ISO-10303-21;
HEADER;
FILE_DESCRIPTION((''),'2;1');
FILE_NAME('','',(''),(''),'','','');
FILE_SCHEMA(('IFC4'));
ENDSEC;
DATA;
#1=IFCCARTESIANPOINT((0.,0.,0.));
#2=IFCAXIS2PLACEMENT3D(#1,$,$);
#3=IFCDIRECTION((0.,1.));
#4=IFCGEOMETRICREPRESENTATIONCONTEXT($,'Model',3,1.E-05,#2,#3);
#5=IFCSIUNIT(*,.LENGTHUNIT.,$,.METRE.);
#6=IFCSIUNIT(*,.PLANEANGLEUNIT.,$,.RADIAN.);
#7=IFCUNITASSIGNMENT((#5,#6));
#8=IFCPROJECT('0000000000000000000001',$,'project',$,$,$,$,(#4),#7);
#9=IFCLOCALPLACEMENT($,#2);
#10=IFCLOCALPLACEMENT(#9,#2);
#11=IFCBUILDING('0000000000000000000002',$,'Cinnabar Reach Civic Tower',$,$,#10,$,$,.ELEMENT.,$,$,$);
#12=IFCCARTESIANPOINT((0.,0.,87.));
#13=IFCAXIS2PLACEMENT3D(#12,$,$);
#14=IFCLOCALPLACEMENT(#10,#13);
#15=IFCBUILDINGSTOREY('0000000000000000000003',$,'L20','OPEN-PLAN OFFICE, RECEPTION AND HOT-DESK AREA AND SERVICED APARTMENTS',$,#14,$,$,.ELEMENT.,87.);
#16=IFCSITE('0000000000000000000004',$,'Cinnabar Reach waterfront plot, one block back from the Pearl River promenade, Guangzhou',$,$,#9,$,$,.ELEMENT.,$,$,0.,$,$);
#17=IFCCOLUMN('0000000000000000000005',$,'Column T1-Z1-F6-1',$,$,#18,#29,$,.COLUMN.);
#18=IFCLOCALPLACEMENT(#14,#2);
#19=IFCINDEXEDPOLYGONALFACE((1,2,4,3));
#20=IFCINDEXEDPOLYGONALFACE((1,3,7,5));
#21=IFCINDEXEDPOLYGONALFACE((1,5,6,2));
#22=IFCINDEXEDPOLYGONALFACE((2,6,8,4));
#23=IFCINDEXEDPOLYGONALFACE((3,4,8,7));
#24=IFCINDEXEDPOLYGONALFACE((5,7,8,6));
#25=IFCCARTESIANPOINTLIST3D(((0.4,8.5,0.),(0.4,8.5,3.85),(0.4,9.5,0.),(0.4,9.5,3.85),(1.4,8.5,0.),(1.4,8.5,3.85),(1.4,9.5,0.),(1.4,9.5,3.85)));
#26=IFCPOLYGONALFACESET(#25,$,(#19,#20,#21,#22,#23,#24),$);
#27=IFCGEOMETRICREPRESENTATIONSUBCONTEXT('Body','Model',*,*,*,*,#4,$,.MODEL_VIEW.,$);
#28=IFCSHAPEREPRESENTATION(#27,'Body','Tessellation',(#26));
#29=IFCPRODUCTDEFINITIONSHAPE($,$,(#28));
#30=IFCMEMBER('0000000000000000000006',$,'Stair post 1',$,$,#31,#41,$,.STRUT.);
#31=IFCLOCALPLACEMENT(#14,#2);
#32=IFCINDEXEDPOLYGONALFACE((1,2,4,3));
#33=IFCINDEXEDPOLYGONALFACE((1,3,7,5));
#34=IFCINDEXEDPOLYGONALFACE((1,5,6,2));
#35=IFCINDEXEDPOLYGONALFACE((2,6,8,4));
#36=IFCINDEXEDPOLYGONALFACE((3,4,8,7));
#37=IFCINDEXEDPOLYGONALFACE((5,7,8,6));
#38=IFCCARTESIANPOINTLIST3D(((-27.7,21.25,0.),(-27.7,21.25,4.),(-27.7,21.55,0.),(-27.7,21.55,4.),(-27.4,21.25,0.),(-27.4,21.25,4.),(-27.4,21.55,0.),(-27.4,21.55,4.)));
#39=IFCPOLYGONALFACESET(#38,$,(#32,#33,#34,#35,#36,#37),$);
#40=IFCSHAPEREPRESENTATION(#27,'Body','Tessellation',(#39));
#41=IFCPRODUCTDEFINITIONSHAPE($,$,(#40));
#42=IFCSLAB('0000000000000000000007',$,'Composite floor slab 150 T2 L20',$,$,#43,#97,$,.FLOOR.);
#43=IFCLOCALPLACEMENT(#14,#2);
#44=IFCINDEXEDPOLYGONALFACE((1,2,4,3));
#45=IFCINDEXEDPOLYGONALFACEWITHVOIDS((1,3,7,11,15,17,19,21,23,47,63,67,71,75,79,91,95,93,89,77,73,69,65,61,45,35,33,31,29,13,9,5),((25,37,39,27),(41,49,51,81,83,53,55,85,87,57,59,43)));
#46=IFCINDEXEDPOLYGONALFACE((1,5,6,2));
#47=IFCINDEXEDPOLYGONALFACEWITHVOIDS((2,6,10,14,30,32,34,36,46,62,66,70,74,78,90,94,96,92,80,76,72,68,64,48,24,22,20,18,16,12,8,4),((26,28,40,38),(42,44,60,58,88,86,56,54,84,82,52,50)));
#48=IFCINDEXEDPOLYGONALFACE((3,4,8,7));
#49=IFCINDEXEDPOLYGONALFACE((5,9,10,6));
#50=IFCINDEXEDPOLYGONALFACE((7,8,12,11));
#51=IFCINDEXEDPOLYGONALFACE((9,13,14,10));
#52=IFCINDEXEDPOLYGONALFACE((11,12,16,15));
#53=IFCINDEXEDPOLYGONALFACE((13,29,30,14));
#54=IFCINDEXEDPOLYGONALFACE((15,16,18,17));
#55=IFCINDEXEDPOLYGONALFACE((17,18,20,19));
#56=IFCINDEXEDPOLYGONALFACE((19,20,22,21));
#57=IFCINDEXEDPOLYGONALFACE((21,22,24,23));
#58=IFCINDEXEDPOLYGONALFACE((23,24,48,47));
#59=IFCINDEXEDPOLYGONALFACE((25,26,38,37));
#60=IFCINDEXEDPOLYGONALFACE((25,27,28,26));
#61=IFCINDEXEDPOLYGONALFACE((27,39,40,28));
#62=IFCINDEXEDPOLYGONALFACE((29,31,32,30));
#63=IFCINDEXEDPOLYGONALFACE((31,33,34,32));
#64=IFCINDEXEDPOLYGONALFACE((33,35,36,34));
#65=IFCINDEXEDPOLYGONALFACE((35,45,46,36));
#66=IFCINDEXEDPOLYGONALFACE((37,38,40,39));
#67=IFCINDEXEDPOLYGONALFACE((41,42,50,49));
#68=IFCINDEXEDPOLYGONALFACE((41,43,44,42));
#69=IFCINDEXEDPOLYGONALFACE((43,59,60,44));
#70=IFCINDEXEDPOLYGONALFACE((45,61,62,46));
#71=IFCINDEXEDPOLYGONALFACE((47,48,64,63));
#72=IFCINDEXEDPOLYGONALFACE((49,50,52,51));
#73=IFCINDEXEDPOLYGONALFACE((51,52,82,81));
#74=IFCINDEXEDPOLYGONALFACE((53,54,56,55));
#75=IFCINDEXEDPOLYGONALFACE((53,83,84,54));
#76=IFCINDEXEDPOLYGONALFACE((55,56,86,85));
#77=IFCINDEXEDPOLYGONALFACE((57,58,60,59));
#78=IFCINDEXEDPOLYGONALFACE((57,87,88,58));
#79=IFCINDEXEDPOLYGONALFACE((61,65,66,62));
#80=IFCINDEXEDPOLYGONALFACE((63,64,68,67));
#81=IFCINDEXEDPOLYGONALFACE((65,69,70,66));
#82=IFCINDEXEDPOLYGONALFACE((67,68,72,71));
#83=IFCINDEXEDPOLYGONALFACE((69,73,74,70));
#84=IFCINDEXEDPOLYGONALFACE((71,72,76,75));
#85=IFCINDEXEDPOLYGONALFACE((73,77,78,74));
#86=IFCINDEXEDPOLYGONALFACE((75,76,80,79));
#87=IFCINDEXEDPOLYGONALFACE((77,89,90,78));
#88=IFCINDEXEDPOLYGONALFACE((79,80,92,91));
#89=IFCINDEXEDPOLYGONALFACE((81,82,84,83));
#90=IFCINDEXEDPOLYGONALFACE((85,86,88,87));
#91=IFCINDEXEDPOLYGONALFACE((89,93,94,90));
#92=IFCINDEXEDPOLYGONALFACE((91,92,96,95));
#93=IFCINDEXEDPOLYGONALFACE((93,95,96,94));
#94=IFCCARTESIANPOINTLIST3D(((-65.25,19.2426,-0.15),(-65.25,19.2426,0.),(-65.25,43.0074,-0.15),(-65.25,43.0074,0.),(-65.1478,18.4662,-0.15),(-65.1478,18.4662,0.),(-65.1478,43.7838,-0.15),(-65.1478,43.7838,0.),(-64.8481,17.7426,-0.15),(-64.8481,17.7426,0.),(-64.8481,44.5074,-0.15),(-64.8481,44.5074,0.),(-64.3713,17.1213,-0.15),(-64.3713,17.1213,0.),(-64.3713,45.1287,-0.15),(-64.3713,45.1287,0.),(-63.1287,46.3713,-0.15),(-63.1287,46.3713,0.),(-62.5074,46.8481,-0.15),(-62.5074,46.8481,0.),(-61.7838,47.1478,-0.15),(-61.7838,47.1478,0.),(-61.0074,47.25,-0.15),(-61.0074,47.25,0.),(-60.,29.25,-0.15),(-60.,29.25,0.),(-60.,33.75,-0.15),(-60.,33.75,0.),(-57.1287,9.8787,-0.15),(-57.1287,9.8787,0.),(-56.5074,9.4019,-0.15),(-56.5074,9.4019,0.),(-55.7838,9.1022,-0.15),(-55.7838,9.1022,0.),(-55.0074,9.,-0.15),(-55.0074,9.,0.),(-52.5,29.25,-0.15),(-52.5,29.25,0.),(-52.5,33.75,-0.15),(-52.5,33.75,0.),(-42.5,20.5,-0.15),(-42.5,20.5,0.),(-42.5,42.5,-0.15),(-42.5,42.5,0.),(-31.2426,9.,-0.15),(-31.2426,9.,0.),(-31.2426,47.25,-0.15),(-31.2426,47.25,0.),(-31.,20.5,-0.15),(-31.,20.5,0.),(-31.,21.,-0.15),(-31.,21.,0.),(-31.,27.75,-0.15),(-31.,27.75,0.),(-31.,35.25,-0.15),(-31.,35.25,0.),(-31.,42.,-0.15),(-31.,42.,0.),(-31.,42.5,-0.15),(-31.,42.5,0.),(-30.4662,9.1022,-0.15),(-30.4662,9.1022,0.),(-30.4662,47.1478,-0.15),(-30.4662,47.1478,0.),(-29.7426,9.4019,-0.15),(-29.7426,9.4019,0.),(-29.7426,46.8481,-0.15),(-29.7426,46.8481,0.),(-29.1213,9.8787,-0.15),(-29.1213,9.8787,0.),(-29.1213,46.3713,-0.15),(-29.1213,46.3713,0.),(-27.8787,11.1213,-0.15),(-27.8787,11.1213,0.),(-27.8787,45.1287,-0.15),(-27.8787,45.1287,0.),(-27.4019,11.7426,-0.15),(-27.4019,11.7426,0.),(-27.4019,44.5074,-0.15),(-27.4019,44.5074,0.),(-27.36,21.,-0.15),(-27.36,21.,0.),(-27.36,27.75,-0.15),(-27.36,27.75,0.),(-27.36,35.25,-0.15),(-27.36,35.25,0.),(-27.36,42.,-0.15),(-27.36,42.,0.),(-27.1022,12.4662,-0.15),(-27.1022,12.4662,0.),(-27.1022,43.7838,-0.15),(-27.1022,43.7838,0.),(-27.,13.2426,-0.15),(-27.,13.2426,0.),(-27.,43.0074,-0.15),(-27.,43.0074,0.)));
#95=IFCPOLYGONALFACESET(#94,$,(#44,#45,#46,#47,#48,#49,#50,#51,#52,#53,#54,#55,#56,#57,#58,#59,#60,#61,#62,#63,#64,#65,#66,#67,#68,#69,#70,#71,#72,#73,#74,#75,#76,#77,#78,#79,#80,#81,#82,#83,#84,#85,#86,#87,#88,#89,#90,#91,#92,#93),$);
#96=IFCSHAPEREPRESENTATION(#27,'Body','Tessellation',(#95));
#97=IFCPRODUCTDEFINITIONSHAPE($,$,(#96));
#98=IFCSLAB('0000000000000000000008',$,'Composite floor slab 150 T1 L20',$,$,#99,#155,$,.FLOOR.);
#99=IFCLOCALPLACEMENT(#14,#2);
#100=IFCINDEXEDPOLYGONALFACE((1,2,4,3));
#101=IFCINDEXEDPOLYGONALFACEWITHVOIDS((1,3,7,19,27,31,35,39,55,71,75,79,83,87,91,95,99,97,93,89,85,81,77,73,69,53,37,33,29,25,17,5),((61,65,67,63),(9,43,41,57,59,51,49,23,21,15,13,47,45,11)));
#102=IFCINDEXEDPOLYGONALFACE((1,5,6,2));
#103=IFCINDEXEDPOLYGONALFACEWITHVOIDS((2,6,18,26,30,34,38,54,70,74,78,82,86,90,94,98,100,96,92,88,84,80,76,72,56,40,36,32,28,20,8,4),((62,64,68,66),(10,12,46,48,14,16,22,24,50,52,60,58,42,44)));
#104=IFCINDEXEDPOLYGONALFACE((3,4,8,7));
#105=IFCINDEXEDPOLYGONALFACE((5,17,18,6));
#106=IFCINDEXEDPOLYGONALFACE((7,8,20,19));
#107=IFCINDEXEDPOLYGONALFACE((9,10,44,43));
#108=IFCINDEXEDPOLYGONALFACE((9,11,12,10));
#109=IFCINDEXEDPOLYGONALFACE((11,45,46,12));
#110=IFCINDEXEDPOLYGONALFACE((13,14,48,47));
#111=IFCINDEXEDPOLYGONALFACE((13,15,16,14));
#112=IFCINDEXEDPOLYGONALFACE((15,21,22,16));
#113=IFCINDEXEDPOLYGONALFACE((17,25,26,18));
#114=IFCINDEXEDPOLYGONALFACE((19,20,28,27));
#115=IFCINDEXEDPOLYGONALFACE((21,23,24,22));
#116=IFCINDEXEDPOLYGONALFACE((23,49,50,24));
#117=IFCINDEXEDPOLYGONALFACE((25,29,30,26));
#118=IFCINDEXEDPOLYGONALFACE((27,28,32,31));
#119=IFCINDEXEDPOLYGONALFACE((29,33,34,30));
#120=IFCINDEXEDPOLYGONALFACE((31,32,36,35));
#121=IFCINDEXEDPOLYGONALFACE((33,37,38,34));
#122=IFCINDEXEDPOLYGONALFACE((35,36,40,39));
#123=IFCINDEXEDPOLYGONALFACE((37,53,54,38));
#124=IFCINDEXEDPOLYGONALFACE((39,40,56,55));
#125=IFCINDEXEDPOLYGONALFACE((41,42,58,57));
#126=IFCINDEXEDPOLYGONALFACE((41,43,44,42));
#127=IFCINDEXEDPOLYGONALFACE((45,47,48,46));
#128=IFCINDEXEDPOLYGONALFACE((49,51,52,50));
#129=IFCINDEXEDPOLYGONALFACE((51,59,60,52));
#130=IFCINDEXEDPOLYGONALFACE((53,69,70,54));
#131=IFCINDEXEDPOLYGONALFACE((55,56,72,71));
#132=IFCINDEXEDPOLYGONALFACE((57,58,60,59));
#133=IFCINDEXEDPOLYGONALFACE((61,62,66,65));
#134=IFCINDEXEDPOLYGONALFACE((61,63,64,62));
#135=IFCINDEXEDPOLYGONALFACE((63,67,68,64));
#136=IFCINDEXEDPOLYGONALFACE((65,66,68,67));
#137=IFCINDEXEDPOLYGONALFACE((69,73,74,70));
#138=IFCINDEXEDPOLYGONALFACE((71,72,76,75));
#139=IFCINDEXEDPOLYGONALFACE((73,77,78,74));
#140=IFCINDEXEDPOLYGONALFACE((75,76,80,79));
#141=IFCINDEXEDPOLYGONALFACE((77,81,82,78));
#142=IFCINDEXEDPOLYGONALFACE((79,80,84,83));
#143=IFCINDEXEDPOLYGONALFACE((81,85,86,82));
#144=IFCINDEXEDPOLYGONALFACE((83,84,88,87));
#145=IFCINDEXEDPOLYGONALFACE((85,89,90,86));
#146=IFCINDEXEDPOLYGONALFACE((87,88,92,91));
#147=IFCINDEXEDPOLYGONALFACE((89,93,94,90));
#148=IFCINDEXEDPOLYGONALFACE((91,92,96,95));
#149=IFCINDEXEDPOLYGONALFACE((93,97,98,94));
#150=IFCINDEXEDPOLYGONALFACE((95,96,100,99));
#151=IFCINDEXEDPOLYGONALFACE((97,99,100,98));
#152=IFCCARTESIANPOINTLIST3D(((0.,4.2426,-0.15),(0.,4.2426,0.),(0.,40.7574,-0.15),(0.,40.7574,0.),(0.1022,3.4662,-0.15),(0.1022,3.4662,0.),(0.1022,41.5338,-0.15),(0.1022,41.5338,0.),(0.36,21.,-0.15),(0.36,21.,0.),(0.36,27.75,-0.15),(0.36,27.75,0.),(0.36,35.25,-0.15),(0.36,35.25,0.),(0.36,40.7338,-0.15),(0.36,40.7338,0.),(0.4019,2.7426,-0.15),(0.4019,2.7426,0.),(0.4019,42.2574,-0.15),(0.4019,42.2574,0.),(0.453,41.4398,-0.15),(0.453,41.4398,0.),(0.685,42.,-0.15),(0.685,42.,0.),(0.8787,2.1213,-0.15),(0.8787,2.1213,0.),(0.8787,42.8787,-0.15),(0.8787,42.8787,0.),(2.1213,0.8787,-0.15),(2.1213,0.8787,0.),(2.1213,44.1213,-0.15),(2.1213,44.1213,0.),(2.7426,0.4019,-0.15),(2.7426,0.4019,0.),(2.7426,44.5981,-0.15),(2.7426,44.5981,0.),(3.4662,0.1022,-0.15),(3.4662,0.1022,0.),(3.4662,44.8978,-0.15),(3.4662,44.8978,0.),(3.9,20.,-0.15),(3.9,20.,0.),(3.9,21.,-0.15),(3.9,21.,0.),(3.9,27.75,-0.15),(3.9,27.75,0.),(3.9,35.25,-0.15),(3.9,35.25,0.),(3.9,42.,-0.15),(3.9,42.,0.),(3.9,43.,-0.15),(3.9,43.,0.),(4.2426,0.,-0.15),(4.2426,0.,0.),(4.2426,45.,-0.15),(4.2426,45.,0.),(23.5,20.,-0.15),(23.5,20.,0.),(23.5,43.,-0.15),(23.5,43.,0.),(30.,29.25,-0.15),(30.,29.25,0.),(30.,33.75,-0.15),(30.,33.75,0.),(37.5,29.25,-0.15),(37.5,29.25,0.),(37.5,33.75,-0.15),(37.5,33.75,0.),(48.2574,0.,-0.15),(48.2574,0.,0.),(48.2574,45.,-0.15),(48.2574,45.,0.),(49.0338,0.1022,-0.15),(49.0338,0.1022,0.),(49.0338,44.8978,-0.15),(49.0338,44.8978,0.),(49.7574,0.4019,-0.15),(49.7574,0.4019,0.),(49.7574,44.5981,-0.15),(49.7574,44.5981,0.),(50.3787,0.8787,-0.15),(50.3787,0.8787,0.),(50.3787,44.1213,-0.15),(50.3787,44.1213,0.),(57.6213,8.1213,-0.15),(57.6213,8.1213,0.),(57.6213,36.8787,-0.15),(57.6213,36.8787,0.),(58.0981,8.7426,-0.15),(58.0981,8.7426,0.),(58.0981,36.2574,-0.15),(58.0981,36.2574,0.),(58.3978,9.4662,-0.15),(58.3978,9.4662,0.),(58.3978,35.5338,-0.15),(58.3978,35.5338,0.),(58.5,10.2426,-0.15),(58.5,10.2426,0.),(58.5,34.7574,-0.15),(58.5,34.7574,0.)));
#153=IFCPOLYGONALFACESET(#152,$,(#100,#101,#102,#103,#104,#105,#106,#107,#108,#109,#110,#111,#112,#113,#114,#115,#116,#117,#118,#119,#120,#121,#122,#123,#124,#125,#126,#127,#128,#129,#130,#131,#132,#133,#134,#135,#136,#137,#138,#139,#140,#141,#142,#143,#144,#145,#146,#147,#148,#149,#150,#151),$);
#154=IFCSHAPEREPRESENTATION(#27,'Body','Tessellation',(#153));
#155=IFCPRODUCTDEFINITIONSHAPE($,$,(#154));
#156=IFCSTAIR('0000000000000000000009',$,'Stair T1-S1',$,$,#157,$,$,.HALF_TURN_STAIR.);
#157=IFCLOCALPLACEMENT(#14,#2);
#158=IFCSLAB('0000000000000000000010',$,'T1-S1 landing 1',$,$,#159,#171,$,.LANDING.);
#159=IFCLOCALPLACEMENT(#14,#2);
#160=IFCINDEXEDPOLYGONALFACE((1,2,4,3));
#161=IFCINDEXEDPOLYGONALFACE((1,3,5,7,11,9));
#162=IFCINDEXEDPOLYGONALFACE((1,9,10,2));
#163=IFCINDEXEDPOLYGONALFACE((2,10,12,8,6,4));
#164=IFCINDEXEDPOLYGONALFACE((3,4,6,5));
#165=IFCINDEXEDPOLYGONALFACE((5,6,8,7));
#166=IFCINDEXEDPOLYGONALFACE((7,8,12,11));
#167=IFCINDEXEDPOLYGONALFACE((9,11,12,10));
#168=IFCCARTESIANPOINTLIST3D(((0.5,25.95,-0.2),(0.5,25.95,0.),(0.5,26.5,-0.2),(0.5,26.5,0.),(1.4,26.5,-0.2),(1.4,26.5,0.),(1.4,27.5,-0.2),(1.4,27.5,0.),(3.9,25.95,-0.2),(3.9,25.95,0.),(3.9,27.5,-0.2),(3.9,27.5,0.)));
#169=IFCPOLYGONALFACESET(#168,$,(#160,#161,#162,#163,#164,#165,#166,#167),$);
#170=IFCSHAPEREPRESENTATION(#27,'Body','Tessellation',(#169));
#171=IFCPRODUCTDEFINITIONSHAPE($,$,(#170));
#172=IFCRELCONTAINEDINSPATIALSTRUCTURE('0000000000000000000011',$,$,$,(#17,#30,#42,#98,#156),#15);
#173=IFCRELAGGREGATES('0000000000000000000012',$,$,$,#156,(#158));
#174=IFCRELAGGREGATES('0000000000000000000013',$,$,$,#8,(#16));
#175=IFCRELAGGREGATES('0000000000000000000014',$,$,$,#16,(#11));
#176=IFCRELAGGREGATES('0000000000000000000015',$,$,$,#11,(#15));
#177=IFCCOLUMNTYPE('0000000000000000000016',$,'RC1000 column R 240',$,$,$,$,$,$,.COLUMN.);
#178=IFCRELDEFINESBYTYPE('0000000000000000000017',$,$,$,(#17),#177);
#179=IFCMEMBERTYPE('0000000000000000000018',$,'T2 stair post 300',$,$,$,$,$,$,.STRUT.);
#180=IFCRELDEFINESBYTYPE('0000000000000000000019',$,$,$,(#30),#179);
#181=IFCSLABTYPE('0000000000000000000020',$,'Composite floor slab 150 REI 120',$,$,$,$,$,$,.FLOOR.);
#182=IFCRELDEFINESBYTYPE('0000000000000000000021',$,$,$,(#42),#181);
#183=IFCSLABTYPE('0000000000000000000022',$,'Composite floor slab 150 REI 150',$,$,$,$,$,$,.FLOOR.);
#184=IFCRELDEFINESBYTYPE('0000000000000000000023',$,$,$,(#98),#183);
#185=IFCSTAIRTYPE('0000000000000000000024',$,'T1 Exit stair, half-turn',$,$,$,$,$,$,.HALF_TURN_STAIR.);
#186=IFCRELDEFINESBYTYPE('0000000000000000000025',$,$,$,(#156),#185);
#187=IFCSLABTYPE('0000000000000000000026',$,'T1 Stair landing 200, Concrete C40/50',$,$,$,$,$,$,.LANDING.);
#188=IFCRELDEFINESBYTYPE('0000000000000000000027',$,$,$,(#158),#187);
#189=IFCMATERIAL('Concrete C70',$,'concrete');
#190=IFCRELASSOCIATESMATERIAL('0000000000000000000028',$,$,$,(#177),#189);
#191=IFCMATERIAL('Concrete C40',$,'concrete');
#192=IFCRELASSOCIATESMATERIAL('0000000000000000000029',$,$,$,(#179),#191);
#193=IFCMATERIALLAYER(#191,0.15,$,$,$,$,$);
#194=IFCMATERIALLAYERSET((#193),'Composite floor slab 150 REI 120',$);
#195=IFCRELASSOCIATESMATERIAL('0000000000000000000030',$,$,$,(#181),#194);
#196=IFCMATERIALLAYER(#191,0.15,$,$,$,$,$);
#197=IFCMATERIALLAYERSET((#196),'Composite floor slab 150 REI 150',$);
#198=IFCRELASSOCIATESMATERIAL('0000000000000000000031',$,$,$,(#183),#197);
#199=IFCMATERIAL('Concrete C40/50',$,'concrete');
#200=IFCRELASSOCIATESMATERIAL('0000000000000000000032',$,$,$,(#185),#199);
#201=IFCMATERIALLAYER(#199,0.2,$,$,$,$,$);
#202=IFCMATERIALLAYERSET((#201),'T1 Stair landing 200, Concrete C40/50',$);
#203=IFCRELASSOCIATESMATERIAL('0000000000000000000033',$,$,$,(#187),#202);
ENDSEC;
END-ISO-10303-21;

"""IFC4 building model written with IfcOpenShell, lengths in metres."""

from ifc_helpers import new_model, si_unit, direction, frame, origin, origin_2d, place, context, subcontext, project, spatial, polyline, rectangle, outline, extrude, material, layer, layer_set, material_profile, profile_set, type_object, element, aggregate, save


model = new_model("IFC4")

# Units and contexts
model_context = context("Model", 3, precision=1e-05, world=origin(), true_north=direction((0.0, 1.0)))
body_context = subcontext(model_context, "Body", "Model", "MODEL_VIEW")
ifc_project = project(units=[si_unit("LENGTHUNIT", "METRE"), si_unit("PLANEANGLEUNIT", "RADIAN")], contexts=[model_context])

# Site, building, storey
site_placement = place(None, origin())
site = spatial("IfcSite", under=ifc_project, at=site_placement, Name="Cinnabar Reach waterfront plot, one block back from the Pearl River promenade, Guangzhou", CompositionType="ELEMENT", RefElevation=0.0)
building_placement = place(site_placement, origin())
building = spatial("IfcBuilding", under=site, at=building_placement, Name="Cinnabar Reach Civic Tower", CompositionType="ELEMENT")
storey_placement = place(building_placement, frame((0.0, 0.0, 87.0)))
storey = spatial("IfcBuildingStorey", under=building, at=storey_placement, Name="L20", Description="OPEN-PLAN OFFICE, RECEPTION AND HOT-DESK AREA AND SERVICED APARTMENTS", CompositionType="ELEMENT", Elevation=87.0)

# Column
ifc_material_1 = material(Name="Concrete C70", Category="concrete")
ifc_material_profile_1 = material_profile(ifc_material_1, rectangle(XDim=1.0, YDim=1.0, at=origin_2d()), Name="RC1000")
ifc_profile_set_1 = profile_set([ifc_material_profile_1], Name="Concrete C70")
column_type = type_object("IfcColumnType", Name="RC1000 column R 240", PredefinedType="COLUMN", material=ifc_profile_set_1)
column_placement = place(storey_placement, frame((0.9, 9.0, 0.0), z_axis=(0.0, 0.0, 1.0), x_axis=(1.0, 0.0, 0.0)))
element("IfcColumn", 1, at=column_placement, inside=storey, type_object=column_type, Name="Column T1-Z1-F6-1", PredefinedType="COLUMN", context=body_context, shape_type="SweptSolid", body=[
    extrude(rectangle(XDim=1.0, YDim=1.0, at=origin_2d()), origin(), (0.0, 0.0, 1.0), 3.85),
])

# Member
ifc_material_2 = material(Name="Concrete C40", Category="concrete")
ifc_material_profile_2 = material_profile(ifc_material_2, rectangle(XDim=0.3, YDim=0.3, at=origin_2d()), Name="C300")
ifc_profile_set_2 = profile_set([ifc_material_profile_2], Name="Concrete C40")
member_type = type_object("IfcMemberType", Name="T2 stair post 300", PredefinedType="STRUT", material=ifc_profile_set_2)
member_placement = place(storey_placement, frame((-27.55, 21.4, 0.0), z_axis=(0.0, 0.0, 1.0), x_axis=(1.0, 0.0, 0.0)))
element("IfcMember", 2, at=member_placement, inside=storey, type_object=member_type, Name="Stair post 1", PredefinedType="STRUT", context=body_context, shape_type="SweptSolid", body=[
    extrude(rectangle(XDim=0.3, YDim=0.3, at=origin_2d()), origin(), (0.0, 0.0, 1.0), 4.0),
])

# Slabs
ifc_layer_1 = layer(ifc_material_2, 0.15)
ifc_layer_set_1 = layer_set([ifc_layer_1], Name="Composite floor slab 150 REI 120")
slab_type_1 = type_object("IfcSlabType", Name="Composite floor slab 150 REI 120", PredefinedType="FLOOR", material=ifc_layer_set_1)
slab_1_placement = place(storey_placement, frame((0.0, 0.0, -0.15)))
element("IfcSlab", 3, at=slab_1_placement, inside=storey, type_object=slab_type_1, Name="Composite floor slab 150 T2 L20", PredefinedType="FLOOR", context=body_context, shape_type="SweptSolid", body=[
    extrude(outline(polyline([(-64.3713, 17.1213), (-64.8481, 17.7426), (-65.1478, 18.4662), (-65.25, 19.2426), (-65.25, 43.0074), (-65.1478, 43.7838), (-64.8481, 44.5074), (-64.3713, 45.1287), (-63.1287, 46.3713), (-62.5074, 46.8481), (-61.7838, 47.1478), (-61.0074, 47.25), (-31.2426, 47.25), (-30.4662, 47.1478), (-29.7426, 46.8481), (-29.1213, 46.3713), (-27.8787, 45.1287), (-27.4019, 44.5074), (-27.1022, 43.7838), (-27.0, 43.0074), (-27.0, 13.2426), (-27.1022, 12.4662), (-27.4019, 11.7426), (-27.8787, 11.1213), (-29.1213, 9.8787), (-29.7426, 9.4019), (-30.4662, 9.1022), (-31.2426, 9.0), (-55.0074, 9.0), (-55.7838, 9.1022), (-56.5074, 9.4019), (-57.1287, 9.8787), (-64.3713, 17.1213)]), holes=[polyline([(-31.0, 27.75), (-31.0, 35.25), (-27.36, 35.25), (-27.36, 42.0), (-31.0, 42.0), (-31.0, 42.5), (-42.5, 42.5), (-42.5, 20.5), (-31.0, 20.5), (-31.0, 21.0), (-27.36, 21.0), (-27.36, 27.75), (-31.0, 27.75)]), polyline([(-60.0, 33.75), (-60.0, 29.25), (-52.5, 29.25), (-52.5, 33.75), (-60.0, 33.75)])]), origin(), (0.0, 0.0, 1.0), 0.15),
])
ifc_layer_2 = layer(ifc_material_2, 0.15)
ifc_layer_set_2 = layer_set([ifc_layer_2], Name="Composite floor slab 150 REI 150")
slab_type_2 = type_object("IfcSlabType", Name="Composite floor slab 150 REI 150", PredefinedType="FLOOR", material=ifc_layer_set_2)
slab_2_placement = place(storey_placement, frame((0.0, 0.0, -0.15)))
element("IfcSlab", 4, at=slab_2_placement, inside=storey, type_object=slab_type_2, Name="Composite floor slab 150 T1 L20", PredefinedType="FLOOR", context=body_context, shape_type="SweptSolid", body=[
    extrude(outline(polyline([(0.8787, 2.1213), (0.4019, 2.7426), (0.1022, 3.4662), (0.0, 4.2426), (0.0, 40.7574), (0.1022, 41.5338), (0.4019, 42.2574), (0.8787, 42.8787), (2.1213, 44.1213), (2.7426, 44.5981), (3.4662, 44.8978), (4.2426, 45.0), (48.2574, 45.0), (49.0338, 44.8978), (49.7574, 44.5981), (50.3787, 44.1213), (57.6213, 36.8787), (58.0981, 36.2574), (58.3978, 35.5338), (58.5, 34.7574), (58.5, 10.2426), (58.3978, 9.4662), (58.0981, 8.7426), (57.6213, 8.1213), (50.3787, 0.8787), (49.7574, 0.4019), (49.0338, 0.1022), (48.2574, 0.0), (4.2426, 0.0), (3.4662, 0.1022), (2.7426, 0.4019), (2.1213, 0.8787), (0.8787, 2.1213)]), holes=[polyline([(0.36, 21.0), (3.9, 21.0), (3.9, 20.0), (23.5, 20.0), (23.5, 43.0), (3.9, 43.0), (3.9, 42.0), (0.685, 42.0), (0.453, 41.4398), (0.36, 40.7338), (0.36, 35.25), (3.9, 35.25), (3.9, 27.75), (0.36, 27.75), (0.36, 21.0)]), polyline([(30.0, 33.75), (30.0, 29.25), (37.5, 29.25), (37.5, 33.75), (30.0, 33.75)])]), origin(), (0.0, 0.0, 1.0), 0.15),
])

# Stair, slab
ifc_material_3 = material(Name="Concrete C40/50", Category="concrete")
stair_type_1 = type_object("IfcStairType", Name="T1 Exit stair, half-turn", PredefinedType="HALF_TURN_STAIR", material=ifc_material_3)
stair_1_placement = place(storey_placement, origin())
stair_1 = element("IfcStair", 5, at=stair_1_placement, inside=storey, type_object=stair_type_1, Name="Stair T1-S1", PredefinedType="HALF_TURN_STAIR")
ifc_layer_3 = layer(ifc_material_3, 0.2)
ifc_layer_set_3 = layer_set([ifc_layer_3], Name="T1 Stair landing 200, Concrete C40/50")
slab_type_3 = type_object("IfcSlabType", Name="T1 Stair landing 200, Concrete C40/50", PredefinedType="LANDING", material=ifc_layer_set_3)
slab_3_placement = place(storey_placement, frame((0.0, 0.0, -0.2)))
slab_3 = element("IfcSlab", 6, at=slab_3_placement, type_object=slab_type_3, Name="T1-S1 landing 1", PredefinedType="LANDING", context=body_context, shape_type="SweptSolid", body=[
    extrude(outline(polyline([(3.9, 27.5), (3.9, 25.95), (0.5, 25.95), (0.5, 26.5), (1.4, 26.5), (1.4, 27.5), (3.9, 27.5)])), origin(), (0.0, 0.0, 1.0), 0.2),
])
aggregate(stair_1, [slab_3])

save(model, "model.ifc")
